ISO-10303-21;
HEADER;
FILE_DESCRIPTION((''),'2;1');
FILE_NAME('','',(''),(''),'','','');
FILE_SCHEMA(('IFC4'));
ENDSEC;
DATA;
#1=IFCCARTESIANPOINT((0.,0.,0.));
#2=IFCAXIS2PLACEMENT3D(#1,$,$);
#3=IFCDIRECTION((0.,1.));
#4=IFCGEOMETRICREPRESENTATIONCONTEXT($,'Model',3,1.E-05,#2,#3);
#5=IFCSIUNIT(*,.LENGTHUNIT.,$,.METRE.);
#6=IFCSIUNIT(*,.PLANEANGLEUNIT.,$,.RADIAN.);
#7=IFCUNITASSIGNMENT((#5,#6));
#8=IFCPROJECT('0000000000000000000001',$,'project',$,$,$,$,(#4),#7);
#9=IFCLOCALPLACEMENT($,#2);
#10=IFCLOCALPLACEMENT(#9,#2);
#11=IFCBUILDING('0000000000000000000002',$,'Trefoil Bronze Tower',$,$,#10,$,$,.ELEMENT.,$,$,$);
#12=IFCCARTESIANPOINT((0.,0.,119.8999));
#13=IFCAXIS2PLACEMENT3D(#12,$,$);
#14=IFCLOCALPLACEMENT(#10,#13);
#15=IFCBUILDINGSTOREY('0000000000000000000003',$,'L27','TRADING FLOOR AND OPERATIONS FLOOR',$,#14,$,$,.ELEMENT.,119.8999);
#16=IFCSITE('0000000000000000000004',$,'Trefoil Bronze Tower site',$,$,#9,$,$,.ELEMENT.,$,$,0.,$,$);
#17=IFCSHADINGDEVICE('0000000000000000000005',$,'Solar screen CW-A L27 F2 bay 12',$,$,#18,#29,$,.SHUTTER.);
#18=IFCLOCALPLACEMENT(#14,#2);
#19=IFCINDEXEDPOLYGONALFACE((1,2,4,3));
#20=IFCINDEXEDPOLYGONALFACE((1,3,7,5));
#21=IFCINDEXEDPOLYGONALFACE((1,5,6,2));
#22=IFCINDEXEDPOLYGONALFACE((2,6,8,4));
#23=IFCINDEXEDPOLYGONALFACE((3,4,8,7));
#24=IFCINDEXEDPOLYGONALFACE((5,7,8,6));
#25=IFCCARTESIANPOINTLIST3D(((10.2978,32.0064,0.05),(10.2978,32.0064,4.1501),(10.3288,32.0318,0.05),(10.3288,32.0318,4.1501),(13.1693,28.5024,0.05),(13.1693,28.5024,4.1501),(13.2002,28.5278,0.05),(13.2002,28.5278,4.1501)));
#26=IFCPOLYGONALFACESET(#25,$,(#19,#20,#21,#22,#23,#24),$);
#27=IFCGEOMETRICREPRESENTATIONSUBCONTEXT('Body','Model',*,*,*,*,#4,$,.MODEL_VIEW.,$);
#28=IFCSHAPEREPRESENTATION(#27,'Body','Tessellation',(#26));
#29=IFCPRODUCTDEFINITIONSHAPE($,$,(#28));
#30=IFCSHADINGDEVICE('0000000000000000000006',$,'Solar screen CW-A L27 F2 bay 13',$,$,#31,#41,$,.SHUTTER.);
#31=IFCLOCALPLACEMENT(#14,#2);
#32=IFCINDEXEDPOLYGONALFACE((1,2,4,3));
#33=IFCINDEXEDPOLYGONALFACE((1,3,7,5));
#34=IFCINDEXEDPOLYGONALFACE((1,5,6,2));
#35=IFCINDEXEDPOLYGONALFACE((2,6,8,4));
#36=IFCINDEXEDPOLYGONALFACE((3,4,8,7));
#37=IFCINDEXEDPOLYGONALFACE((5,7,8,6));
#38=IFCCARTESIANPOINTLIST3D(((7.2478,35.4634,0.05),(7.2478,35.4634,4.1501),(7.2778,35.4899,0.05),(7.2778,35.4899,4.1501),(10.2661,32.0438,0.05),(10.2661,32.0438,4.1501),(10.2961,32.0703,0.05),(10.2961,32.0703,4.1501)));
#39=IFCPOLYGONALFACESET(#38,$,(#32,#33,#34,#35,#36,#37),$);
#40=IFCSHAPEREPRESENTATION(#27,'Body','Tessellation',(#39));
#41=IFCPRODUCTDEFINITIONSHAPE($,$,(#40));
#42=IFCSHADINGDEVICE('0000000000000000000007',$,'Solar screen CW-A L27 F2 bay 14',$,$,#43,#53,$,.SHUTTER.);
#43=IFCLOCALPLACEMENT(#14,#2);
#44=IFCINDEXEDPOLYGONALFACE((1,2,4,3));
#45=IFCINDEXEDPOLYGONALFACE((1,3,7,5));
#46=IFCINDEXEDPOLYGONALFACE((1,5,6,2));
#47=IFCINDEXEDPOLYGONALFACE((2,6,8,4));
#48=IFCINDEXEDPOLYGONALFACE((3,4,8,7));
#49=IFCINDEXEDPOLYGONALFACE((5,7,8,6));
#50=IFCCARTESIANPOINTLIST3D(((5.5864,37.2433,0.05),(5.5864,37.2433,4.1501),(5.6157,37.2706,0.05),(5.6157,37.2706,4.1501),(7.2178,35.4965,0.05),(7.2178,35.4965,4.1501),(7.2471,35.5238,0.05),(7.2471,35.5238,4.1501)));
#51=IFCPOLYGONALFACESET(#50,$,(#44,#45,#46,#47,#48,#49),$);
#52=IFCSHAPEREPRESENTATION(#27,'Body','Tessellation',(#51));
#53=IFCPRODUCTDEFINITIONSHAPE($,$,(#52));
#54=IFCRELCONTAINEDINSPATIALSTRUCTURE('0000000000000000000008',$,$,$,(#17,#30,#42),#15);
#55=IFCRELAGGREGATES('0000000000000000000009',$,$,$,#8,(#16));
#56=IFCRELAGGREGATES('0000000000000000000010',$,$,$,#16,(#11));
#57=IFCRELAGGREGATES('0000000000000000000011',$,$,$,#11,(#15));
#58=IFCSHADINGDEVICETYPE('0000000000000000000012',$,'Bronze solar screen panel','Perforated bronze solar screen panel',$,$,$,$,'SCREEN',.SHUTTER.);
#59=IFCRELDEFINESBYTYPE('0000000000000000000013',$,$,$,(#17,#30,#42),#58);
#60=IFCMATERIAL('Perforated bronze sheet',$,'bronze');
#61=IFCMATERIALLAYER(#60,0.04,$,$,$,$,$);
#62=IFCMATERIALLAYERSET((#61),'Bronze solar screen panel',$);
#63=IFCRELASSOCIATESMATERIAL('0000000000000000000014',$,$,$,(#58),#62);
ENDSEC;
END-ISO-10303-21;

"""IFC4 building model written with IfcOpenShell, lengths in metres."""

from ifc_helpers import new_model, si_unit, direction, frame, origin, origin_2d, place, context, subcontext, project, spatial, rectangle, extrude, material, layer, layer_set, type_object, element, save


model = new_model("IFC4")

# Units and contexts
model_context = context("Model", 3, precision=1e-05, world=origin(), true_north=direction((0.0, 1.0)))
body_context = subcontext(model_context, "Body", "Model", "MODEL_VIEW")
ifc_project = project(units=[si_unit("LENGTHUNIT", "METRE"), si_unit("PLANEANGLEUNIT", "RADIAN")], contexts=[model_context])

# Site, building, storey
site_placement = place(None, origin())
site = spatial("IfcSite", under=ifc_project, at=site_placement, Name="Trefoil Bronze Tower site", CompositionType="ELEMENT", RefElevation=0.0)
building_placement = place(site_placement, origin())
building = spatial("IfcBuilding", under=site, at=building_placement, Name="Trefoil Bronze Tower", CompositionType="ELEMENT")
storey_placement = place(building_placement, frame((0.0, 0.0, 119.8999)))
storey = spatial("IfcBuildingStorey", under=building, at=storey_placement, Name="L27", Description="TRADING FLOOR AND OPERATIONS FLOOR", CompositionType="ELEMENT", Elevation=119.8999)

# Shading devices
ifc_material_1 = material(Name="Perforated bronze sheet", Category="bronze")
ifc_layer_1 = layer(ifc_material_1, 0.04)
ifc_layer_set_1 = layer_set([ifc_layer_1], Name="Bronze solar screen panel")
shading_device_type = type_object("IfcShadingDeviceType", Name="Bronze solar screen panel", Description="Perforated bronze solar screen panel", ElementType="SCREEN", PredefinedType="SHUTTER", material=ifc_layer_set_1)
shading_device_1_placement = place(storey_placement, frame((11.749, 30.2671, 0.05), z_axis=(0.0, 0.0, 1.0), x_axis=(-0.63384, 0.773464, 0.0)))
element("IfcShadingDevice", 1, at=shading_device_1_placement, inside=storey, type_object=shading_device_type, Name="Solar screen CW-A L27 F2 bay 12", PredefinedType="SHUTTER", context=body_context, shape_type="SweptSolid", body=[
    extrude(rectangle(XDim=4.5303, YDim=0.04, at=origin_2d()), origin(), (0.0, 0.0, 1.0), 4.1001),
])
shading_device_2_placement = place(storey_placement, frame((8.772, 33.7668, 0.05), z_axis=(0.0, 0.0, 1.0), x_axis=(-0.661751, 0.749723, 0.0)))
element("IfcShadingDevice", 2, at=shading_device_2_placement, inside=storey, type_object=shading_device_type, Name="Solar screen CW-A L27 F2 bay 13", PredefinedType="SHUTTER", context=body_context, shape_type="SweptSolid", body=[
    extrude(rectangle(XDim=4.561, YDim=0.04, at=origin_2d()), origin(), (0.0, 0.0, 1.0), 4.1001),
])
shading_device_3_placement = place(storey_placement, frame((6.4167, 36.3835, 0.05), z_axis=(0.0, 0.0, 1.0), x_axis=(-0.682536, 0.730852, 0.0)))
element("IfcShadingDevice", 3, at=shading_device_3_placement, inside=storey, type_object=shading_device_type, Name="Solar screen CW-A L27 F2 bay 14", PredefinedType="SHUTTER", context=body_context, shape_type="SweptSolid", body=[
    extrude(rectangle(XDim=2.3901, YDim=0.04, at=origin_2d()), origin(), (0.0, 0.0, 1.0), 4.1001),
])

save(model, "model.ifc")
